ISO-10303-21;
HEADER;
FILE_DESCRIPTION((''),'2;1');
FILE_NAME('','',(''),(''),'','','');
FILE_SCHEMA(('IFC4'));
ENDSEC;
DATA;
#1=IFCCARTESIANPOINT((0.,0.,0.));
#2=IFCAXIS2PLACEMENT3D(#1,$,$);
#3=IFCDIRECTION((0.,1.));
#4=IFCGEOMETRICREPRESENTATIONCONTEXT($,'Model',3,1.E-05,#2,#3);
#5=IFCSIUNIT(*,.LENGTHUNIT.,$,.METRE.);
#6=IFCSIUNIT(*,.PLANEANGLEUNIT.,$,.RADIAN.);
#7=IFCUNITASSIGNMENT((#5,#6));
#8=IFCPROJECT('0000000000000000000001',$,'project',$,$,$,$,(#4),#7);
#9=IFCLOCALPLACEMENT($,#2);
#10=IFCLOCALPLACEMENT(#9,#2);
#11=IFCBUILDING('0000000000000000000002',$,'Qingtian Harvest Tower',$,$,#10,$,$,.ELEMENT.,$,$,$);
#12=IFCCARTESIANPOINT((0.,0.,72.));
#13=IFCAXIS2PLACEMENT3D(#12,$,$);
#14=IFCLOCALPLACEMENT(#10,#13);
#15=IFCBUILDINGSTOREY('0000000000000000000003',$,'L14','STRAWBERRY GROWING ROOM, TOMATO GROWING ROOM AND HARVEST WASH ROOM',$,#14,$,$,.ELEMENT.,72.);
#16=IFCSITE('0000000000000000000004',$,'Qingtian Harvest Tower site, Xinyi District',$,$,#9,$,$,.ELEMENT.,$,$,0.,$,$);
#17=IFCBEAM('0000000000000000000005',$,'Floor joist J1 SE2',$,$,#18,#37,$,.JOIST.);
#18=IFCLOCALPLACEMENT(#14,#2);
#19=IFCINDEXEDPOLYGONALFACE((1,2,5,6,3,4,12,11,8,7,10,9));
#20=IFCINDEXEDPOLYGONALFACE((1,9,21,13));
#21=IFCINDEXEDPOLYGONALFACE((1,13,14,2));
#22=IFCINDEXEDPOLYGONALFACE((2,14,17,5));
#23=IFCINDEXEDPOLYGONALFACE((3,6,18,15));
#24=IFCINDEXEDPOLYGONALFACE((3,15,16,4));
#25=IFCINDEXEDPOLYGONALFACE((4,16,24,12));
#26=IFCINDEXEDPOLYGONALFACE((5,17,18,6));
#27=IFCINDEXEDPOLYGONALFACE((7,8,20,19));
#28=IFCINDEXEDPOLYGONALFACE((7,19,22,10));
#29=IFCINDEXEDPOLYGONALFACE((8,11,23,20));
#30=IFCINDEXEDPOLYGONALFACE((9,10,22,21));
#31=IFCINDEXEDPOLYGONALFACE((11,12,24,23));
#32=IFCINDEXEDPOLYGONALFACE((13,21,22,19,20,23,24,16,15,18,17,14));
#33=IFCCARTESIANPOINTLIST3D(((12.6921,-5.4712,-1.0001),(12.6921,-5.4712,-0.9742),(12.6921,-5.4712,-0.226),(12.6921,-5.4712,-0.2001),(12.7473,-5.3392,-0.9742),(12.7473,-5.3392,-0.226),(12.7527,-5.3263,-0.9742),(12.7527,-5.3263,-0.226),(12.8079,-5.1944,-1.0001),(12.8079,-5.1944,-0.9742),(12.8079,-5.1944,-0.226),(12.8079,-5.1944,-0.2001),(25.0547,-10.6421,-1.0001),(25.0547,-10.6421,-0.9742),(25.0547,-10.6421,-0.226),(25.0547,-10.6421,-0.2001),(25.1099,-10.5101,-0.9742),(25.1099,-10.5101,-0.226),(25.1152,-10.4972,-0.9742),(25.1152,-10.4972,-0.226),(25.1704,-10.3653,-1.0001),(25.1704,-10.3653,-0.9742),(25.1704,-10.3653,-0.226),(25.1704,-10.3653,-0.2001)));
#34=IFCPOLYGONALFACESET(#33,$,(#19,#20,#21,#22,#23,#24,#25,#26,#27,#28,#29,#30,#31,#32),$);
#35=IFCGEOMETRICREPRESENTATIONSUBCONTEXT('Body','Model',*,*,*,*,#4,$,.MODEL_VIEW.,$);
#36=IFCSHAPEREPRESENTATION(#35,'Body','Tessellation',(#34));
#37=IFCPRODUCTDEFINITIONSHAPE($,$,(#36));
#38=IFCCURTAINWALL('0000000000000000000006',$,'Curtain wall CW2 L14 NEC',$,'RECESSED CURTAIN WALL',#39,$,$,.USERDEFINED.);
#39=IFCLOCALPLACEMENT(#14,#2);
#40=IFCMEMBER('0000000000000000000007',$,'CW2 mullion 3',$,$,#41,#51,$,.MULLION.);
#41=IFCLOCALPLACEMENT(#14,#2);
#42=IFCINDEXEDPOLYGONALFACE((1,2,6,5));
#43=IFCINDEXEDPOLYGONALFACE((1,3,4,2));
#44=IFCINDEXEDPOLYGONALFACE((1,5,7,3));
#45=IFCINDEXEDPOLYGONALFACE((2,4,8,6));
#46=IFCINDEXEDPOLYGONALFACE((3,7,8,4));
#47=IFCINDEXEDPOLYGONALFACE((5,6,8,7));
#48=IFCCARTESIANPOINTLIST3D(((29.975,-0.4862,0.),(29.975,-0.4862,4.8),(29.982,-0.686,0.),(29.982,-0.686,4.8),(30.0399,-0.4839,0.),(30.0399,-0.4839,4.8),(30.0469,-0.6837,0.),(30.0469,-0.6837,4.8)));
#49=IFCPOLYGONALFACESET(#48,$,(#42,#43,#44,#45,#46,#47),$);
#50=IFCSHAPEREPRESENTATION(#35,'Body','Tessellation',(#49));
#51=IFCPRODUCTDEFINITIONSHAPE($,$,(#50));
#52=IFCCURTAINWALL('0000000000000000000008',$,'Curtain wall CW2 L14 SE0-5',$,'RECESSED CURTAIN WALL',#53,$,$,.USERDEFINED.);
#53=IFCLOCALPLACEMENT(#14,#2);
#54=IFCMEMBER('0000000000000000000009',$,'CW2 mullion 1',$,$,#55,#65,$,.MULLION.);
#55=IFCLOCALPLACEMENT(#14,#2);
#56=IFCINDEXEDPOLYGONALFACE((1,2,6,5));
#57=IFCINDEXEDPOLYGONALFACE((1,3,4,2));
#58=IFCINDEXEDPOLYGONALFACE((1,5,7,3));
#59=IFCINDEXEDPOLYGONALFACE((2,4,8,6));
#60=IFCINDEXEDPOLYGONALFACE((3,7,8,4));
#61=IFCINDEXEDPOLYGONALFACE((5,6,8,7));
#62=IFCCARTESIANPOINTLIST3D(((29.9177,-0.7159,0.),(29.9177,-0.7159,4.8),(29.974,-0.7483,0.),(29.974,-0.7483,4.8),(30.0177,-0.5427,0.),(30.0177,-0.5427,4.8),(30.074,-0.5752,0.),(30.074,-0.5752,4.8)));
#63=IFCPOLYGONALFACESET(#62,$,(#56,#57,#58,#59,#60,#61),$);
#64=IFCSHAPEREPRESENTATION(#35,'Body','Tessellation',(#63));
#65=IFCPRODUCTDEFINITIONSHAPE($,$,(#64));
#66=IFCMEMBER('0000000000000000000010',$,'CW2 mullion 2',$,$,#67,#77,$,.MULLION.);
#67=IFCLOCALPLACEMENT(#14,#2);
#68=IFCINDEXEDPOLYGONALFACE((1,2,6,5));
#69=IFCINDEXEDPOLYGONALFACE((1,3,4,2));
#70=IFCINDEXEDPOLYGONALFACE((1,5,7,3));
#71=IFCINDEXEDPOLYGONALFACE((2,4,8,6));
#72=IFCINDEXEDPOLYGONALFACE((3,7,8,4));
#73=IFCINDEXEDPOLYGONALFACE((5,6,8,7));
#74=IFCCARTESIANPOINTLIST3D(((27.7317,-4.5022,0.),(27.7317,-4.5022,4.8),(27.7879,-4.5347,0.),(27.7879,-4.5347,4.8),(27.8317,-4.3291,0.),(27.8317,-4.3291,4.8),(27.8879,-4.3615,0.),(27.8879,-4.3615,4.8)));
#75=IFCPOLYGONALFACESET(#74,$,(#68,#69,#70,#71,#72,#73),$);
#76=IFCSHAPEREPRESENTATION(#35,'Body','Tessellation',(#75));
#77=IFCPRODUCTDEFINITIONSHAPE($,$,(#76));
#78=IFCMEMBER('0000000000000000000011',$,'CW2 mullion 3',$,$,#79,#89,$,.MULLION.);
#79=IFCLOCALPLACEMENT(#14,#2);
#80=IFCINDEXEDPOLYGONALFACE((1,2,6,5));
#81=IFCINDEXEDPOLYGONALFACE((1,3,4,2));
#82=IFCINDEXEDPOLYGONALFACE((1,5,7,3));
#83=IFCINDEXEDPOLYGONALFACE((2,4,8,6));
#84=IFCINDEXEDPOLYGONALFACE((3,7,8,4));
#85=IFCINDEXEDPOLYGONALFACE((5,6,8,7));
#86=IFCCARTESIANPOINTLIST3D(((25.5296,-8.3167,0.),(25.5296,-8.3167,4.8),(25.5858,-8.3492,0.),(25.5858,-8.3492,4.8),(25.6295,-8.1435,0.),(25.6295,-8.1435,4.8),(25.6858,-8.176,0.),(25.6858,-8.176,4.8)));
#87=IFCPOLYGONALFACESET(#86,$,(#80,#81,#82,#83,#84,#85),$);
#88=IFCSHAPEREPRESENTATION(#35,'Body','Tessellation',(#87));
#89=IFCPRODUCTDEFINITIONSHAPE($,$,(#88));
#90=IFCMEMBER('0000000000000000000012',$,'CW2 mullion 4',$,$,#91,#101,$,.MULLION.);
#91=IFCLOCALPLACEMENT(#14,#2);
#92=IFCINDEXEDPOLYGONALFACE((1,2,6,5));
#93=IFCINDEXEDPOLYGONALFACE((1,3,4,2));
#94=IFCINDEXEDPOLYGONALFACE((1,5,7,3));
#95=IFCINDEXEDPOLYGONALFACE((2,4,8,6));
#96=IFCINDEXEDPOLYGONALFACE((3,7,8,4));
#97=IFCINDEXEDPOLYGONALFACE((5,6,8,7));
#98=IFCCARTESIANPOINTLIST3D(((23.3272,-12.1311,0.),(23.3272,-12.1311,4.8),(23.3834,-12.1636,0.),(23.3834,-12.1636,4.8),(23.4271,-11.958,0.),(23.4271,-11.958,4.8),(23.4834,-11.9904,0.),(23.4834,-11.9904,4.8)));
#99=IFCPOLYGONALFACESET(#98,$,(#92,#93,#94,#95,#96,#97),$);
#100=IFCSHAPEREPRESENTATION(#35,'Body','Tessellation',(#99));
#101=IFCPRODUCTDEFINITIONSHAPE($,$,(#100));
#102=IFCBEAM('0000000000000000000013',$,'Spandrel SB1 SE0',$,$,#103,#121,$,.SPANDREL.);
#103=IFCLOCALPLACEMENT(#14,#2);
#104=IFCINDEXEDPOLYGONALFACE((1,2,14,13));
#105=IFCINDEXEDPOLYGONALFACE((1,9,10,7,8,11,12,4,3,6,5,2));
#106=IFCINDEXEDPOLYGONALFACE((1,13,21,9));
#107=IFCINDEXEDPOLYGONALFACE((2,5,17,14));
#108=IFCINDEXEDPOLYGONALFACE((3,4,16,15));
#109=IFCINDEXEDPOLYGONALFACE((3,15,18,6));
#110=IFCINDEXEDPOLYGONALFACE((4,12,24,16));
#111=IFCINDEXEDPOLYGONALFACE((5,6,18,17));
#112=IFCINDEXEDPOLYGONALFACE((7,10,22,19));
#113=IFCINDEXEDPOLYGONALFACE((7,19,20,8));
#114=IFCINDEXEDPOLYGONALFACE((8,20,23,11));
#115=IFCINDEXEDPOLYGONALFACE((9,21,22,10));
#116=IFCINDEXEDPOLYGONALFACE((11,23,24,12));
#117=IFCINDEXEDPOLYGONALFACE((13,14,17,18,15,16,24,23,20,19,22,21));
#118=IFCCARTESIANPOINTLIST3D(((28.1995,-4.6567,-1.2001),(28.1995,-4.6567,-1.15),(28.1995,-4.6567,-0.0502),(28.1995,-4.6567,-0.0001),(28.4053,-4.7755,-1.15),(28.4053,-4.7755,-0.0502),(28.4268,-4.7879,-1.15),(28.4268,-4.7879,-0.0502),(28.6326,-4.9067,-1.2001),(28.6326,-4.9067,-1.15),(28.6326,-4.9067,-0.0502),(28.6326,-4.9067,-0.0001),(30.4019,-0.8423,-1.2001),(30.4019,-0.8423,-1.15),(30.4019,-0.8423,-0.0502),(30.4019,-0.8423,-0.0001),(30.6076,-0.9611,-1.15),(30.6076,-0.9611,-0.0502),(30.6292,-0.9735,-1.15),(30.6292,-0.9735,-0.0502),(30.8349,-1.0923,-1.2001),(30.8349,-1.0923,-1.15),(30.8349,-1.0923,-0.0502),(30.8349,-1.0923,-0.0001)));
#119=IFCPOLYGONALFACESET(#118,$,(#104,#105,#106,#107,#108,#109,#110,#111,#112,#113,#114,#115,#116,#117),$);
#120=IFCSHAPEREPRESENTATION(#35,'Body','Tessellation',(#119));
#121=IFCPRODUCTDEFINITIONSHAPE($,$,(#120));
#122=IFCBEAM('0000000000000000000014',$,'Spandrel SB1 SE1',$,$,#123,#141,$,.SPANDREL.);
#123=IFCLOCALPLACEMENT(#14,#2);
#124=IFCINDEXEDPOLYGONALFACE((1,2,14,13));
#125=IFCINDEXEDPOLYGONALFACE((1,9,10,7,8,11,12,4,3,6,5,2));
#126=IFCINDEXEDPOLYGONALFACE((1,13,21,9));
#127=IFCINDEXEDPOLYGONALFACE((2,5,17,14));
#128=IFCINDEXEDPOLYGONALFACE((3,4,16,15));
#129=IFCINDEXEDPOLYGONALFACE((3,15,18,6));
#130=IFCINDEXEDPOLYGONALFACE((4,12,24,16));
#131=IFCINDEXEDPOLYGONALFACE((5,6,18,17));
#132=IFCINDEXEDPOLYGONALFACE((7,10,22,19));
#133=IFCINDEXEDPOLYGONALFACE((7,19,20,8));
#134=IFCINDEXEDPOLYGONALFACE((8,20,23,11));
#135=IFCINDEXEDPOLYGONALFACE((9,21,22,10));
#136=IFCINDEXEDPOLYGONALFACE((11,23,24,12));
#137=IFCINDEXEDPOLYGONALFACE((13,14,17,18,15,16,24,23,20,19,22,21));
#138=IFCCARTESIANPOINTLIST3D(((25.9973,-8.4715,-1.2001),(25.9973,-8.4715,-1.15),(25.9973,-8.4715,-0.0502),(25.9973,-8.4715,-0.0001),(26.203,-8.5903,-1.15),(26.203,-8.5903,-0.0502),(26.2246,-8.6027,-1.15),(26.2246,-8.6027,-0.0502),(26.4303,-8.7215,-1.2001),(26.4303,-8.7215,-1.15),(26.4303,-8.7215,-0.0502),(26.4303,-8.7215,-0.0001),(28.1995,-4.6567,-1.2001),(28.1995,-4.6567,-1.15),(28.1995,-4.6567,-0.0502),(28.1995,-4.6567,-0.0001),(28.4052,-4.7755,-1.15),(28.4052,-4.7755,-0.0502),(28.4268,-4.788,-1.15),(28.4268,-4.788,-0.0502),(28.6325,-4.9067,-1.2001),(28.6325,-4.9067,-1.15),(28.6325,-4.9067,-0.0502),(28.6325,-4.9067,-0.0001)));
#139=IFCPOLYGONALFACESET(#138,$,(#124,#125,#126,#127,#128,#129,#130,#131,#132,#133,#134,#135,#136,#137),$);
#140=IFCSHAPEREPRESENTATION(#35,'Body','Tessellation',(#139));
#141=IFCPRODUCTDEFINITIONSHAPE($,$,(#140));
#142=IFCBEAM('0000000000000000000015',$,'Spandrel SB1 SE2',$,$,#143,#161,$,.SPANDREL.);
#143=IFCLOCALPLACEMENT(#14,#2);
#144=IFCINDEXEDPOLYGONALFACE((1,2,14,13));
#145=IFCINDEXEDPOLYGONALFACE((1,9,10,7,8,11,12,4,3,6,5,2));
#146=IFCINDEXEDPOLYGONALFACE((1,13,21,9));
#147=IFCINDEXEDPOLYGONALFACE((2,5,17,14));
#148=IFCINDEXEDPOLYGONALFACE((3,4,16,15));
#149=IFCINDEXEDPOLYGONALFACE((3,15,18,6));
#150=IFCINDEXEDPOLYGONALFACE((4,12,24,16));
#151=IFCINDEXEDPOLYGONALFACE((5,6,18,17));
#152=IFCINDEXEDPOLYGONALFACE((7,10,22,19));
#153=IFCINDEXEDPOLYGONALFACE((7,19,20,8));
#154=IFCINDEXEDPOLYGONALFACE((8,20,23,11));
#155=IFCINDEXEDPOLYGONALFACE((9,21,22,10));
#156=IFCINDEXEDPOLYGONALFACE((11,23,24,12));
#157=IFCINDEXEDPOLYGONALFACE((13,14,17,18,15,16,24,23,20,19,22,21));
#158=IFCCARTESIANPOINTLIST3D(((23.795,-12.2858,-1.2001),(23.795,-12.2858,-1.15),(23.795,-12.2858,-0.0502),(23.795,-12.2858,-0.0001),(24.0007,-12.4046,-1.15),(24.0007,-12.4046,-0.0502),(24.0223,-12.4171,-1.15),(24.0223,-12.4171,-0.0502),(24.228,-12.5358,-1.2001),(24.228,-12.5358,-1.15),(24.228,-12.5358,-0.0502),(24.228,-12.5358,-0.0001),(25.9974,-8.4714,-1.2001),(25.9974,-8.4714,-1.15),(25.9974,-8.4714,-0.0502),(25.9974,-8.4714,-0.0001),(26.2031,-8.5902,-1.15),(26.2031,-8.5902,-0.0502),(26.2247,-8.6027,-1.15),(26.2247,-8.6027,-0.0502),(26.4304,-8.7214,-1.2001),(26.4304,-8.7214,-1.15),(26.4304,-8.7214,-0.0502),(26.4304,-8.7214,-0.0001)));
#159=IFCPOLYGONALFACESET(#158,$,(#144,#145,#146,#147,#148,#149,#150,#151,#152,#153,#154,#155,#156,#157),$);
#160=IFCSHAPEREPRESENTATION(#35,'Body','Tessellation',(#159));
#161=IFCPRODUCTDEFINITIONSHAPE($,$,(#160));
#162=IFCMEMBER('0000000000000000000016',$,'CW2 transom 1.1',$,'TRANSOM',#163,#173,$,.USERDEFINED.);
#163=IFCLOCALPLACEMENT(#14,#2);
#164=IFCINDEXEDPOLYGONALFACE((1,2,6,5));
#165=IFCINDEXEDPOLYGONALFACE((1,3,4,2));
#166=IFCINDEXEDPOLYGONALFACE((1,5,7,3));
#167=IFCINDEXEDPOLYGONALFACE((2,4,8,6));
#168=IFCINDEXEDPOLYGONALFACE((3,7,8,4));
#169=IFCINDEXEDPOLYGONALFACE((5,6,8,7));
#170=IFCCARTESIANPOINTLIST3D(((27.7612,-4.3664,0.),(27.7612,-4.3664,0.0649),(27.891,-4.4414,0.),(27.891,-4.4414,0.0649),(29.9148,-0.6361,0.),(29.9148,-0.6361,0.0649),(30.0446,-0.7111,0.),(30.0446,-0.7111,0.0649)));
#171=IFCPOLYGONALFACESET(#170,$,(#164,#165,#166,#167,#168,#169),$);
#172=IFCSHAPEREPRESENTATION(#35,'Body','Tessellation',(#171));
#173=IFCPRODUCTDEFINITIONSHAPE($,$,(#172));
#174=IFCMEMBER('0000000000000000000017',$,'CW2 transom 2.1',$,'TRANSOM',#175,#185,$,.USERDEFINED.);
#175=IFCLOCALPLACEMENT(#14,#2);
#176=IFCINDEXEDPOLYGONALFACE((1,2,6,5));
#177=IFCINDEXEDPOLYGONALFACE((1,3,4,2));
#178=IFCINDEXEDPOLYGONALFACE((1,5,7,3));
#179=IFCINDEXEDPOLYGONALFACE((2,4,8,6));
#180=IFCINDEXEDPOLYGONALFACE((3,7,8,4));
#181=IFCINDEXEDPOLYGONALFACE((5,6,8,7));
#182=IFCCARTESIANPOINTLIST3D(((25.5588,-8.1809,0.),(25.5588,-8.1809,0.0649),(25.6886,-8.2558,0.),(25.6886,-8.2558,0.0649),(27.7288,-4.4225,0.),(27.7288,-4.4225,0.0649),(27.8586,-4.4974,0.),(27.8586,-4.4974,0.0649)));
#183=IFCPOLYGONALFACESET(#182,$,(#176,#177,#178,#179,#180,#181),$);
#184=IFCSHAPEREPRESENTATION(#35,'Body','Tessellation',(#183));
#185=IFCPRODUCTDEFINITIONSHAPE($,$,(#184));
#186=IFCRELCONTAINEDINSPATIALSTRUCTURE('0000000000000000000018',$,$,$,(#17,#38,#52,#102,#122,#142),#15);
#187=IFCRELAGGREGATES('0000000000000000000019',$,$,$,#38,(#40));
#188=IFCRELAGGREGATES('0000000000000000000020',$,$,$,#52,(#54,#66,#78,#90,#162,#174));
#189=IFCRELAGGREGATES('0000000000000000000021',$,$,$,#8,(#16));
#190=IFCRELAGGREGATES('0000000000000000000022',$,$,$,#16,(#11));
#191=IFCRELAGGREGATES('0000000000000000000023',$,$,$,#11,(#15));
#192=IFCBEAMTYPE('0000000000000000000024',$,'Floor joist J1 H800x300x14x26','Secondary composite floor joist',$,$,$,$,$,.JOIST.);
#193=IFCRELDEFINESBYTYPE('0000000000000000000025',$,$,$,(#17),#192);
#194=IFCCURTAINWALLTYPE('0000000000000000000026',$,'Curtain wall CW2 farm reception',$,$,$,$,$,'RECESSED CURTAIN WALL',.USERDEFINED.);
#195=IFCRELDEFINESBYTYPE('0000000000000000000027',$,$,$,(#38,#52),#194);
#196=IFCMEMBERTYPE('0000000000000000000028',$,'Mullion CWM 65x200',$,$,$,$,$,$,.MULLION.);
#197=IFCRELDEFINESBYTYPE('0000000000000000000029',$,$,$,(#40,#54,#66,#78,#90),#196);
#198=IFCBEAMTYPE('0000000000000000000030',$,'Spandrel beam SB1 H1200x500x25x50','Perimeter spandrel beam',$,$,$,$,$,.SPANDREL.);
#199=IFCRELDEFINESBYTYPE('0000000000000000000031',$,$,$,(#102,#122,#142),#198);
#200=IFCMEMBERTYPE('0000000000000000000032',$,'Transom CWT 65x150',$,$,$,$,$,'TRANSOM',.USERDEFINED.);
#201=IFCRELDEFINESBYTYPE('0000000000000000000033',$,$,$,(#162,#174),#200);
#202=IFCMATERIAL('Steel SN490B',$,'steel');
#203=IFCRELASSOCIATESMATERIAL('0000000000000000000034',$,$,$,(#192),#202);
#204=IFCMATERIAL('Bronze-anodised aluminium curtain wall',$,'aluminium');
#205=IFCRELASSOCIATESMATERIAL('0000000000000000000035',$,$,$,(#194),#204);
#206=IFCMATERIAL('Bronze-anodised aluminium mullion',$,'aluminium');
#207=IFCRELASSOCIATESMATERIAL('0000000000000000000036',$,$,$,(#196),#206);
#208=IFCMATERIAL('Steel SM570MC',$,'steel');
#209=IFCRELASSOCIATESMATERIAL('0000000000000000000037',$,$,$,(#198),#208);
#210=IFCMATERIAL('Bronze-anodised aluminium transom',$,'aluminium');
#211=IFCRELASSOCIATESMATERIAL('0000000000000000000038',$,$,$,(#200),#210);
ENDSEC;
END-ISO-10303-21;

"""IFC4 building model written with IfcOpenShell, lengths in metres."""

from ifc_helpers import new_model, si_unit, direction, frame, origin, origin_2d, place, context, subcontext, project, spatial, rectangle, i_section, extrude, material, material_profile, profile_set, type_object, element, aggregate, save


model = new_model("IFC4")

# Units and contexts
model_context = context("Model", 3, precision=1e-05, world=origin(), true_north=direction((0.0, 1.0)))
body_context = subcontext(model_context, "Body", "Model", "MODEL_VIEW")
ifc_project = project(units=[si_unit("LENGTHUNIT", "METRE"), si_unit("PLANEANGLEUNIT", "RADIAN")], contexts=[model_context])

# Site, building, storey
site_placement = place(None, origin())
site = spatial("IfcSite", under=ifc_project, at=site_placement, Name="Qingtian Harvest Tower site, Xinyi District", CompositionType="ELEMENT", RefElevation=0.0)
building_placement = place(site_placement, origin())
building = spatial("IfcBuilding", under=site, at=building_placement, Name="Qingtian Harvest Tower", CompositionType="ELEMENT")
storey_placement = place(building_placement, frame((0.0, 0.0, 72.0)))
storey = spatial("IfcBuildingStorey", under=building, at=storey_placement, Name="L14", Description="STRAWBERRY GROWING ROOM, TOMATO GROWING ROOM AND HARVEST WASH ROOM", CompositionType="ELEMENT", Elevation=72.0)

# Beam
ifc_material_1 = material(Name="Steel SN490B", Category="steel")
ifc_material_profile_1 = material_profile(ifc_material_1, i_section(OverallWidth=0.3, OverallDepth=0.8, WebThickness=0.0139, FlangeThickness=0.0259, at=origin_2d()), Name="H800x300x14x26")
ifc_profile_set_1 = profile_set([ifc_material_profile_1], Name="Steel SN490B")
beam_type_1 = type_object("IfcBeamType", Name="Floor joist J1 H800x300x14x26", Description="Secondary composite floor joist", PredefinedType="JOIST", material=ifc_profile_set_1)
beam_1_placement = place(storey_placement, frame((25.1125, -10.5037, -0.6001), z_axis=(-0.922551, 0.385876, 0.0), x_axis=(-0.385876, -0.922551, 0.0)))
element("IfcBeam", 1, at=beam_1_placement, inside=storey, type_object=beam_type_1, Name="Floor joist J1 SE2", PredefinedType="JOIST", context=body_context, shape_type="SweptSolid", body=[
    extrude(i_section(OverallWidth=0.3, OverallDepth=0.8, WebThickness=0.0139, FlangeThickness=0.0259, at=origin_2d()), origin(), (0.0, 0.0, 1.0), 13.4004),
])

# Curtain wall, member
ifc_material_2 = material(Name="Bronze-anodised aluminium curtain wall", Category="aluminium")
curtain_wall_type = type_object("IfcCurtainWallType", Name="Curtain wall CW2 farm reception", ElementType="RECESSED CURTAIN WALL", PredefinedType="USERDEFINED", material=ifc_material_2)
curtain_wall_1_placement = place(storey_placement, origin())
curtain_wall_1 = element("IfcCurtainWall", 2, at=curtain_wall_1_placement, inside=storey, type_object=curtain_wall_type, Name="Curtain wall CW2 L14 NEC", ObjectType="RECESSED CURTAIN WALL", PredefinedType="USERDEFINED")
ifc_material_3 = material(Name="Bronze-anodised aluminium mullion", Category="aluminium")
ifc_material_profile_2 = material_profile(ifc_material_3, rectangle(XDim=0.0649, YDim=0.2, at=origin_2d()), Name="AL 65x200")
ifc_profile_set_2 = profile_set([ifc_material_profile_2], Name="Bronze-anodised aluminium mullion")
member_type_1 = type_object("IfcMemberType", Name="Mullion CWM 65x200", PredefinedType="MULLION", material=ifc_profile_set_2)
member_1_placement = place(storey_placement, frame((30.011, -0.585, 0.0), z_axis=(0.0, 0.0, 1.0), x_axis=(0.999391, 0.034899, 0.0)))
member_1 = element("IfcMember", 3, at=member_1_placement, type_object=member_type_1, Name="CW2 mullion 3", PredefinedType="MULLION", context=body_context, shape_type="SweptSolid", body=[
    extrude(rectangle(XDim=0.0649, YDim=0.2, at=origin_2d()), origin(), (0.0, 0.0, 1.0), 4.8),
])
aggregate(curtain_wall_1, [member_1])

# Curtain wall, members
curtain_wall_2_placement = place(storey_placement, origin())
curtain_wall_2 = element("IfcCurtainWall", 4, at=curtain_wall_2_placement, inside=storey, type_object=curtain_wall_type, Name="Curtain wall CW2 L14 SE0-5", ObjectType="RECESSED CURTAIN WALL", PredefinedType="USERDEFINED")
member_2_placement = place(storey_placement, frame((29.9958, -0.6455, 0.0), z_axis=(0.0, 0.0, 1.0), x_axis=(0.866025, -0.5, 0.0)))
member_2 = element("IfcMember", 5, at=member_2_placement, type_object=member_type_1, Name="CW2 mullion 1", PredefinedType="MULLION", context=body_context, shape_type="SweptSolid", body=[
    extrude(rectangle(XDim=0.0649, YDim=0.2, at=origin_2d()), origin(), (0.0, 0.0, 1.0), 4.8),
])
member_3_placement = place(storey_placement, frame((27.8098, -4.4319, 0.0), z_axis=(0.0, 0.0, 1.0), x_axis=(0.866025, -0.5, 0.0)))
member_3 = element("IfcMember", 6, at=member_3_placement, type_object=member_type_1, Name="CW2 mullion 2", PredefinedType="MULLION", context=body_context, shape_type="SweptSolid", body=[
    extrude(rectangle(XDim=0.0649, YDim=0.2, at=origin_2d()), origin(), (0.0, 0.0, 1.0), 4.8),
])
member_4_placement = place(storey_placement, frame((25.6077, -8.2463, 0.0), z_axis=(0.0, 0.0, 1.0), x_axis=(0.866025, -0.5, 0.0)))
member_4 = element("IfcMember", 7, at=member_4_placement, type_object=member_type_1, Name="CW2 mullion 3", PredefinedType="MULLION", context=body_context, shape_type="SweptSolid", body=[
    extrude(rectangle(XDim=0.0649, YDim=0.2, at=origin_2d()), origin(), (0.0, 0.0, 1.0), 4.8),
])
member_5_placement = place(storey_placement, frame((23.4053, -12.0608, 0.0), z_axis=(0.0, 0.0, 1.0), x_axis=(0.866025, -0.5, 0.0)))
member_5 = element("IfcMember", 8, at=member_5_placement, type_object=member_type_1, Name="CW2 mullion 4", PredefinedType="MULLION", context=body_context, shape_type="SweptSolid", body=[
    extrude(rectangle(XDim=0.0649, YDim=0.2, at=origin_2d()), origin(), (0.0, 0.0, 1.0), 4.8),
])

# Beams
ifc_material_4 = material(Name="Steel SM570MC", Category="steel")
ifc_material_profile_3 = material_profile(ifc_material_4, i_section(OverallWidth=0.5, OverallDepth=1.2, WebThickness=0.0249, FlangeThickness=0.05, at=origin_2d()), Name="H1200x500x25x50")
ifc_profile_set_3 = profile_set([ifc_material_profile_3], Name="Steel SM570MC")
beam_type_2 = type_object("IfcBeamType", Name="Spandrel beam SB1 H1200x500x25x50", Description="Perimeter spandrel beam", PredefinedType="SPANDREL", material=ifc_profile_set_3)
beam_2_placement = place(storey_placement, frame((30.6184, -0.9673, -0.6001), z_axis=(-0.50002, -0.866014, 0.0), x_axis=(0.866014, -0.50002, 0.0)))
element("IfcBeam", 9, at=beam_2_placement, inside=storey, type_object=beam_type_2, Name="Spandrel SB1 SE0", PredefinedType="SPANDREL", context=body_context, shape_type="SweptSolid", body=[
    extrude(i_section(OverallWidth=0.5, OverallDepth=1.2, WebThickness=0.0249, FlangeThickness=0.05, at=origin_2d()), origin(), (0.0, 0.0, 1.0), 4.4045),
])
beam_3_placement = place(storey_placement, frame((28.416, -4.7817, -0.6001), z_axis=(-0.499954, -0.866052, 0.0), x_axis=(0.866052, -0.499954, 0.0)))
element("IfcBeam", 10, at=beam_3_placement, inside=storey, type_object=beam_type_2, Name="Spandrel SB1 SE1", PredefinedType="SPANDREL", context=body_context, shape_type="SweptSolid", body=[
    extrude(i_section(OverallWidth=0.5, OverallDepth=1.2, WebThickness=0.0249, FlangeThickness=0.05, at=origin_2d()), origin(), (0.0, 0.0, 1.0), 4.4048),
])
beam_4_placement = place(storey_placement, frame((26.2139, -8.5964, -0.6001), z_axis=(-0.50002, -0.866014, 0.0), x_axis=(0.866014, -0.50002, 0.0)))
element("IfcBeam", 11, at=beam_4_placement, inside=storey, type_object=beam_type_2, Name="Spandrel SB1 SE2", PredefinedType="SPANDREL", context=body_context, shape_type="SweptSolid", body=[
    extrude(i_section(OverallWidth=0.5, OverallDepth=1.2, WebThickness=0.0249, FlangeThickness=0.05, at=origin_2d()), origin(), (0.0, 0.0, 1.0), 4.4045),
])

# Members
ifc_material_5 = material(Name="Bronze-anodised aluminium transom", Category="aluminium")
ifc_material_profile_4 = material_profile(ifc_material_5, rectangle(XDim=0.1499, YDim=0.0649, at=origin_2d()), Name="AL 65x150")
ifc_profile_set_4 = profile_set([ifc_material_profile_4], Name="Bronze-anodised aluminium transom")
member_type_2 = type_object("IfcMemberType", Name="Transom CWT 65x150", ElementType="TRANSOM", PredefinedType="USERDEFINED", material=ifc_profile_set_4)
member_6_placement = place(storey_placement, frame((29.9797, -0.6736, 0.0325), z_axis=(-0.499986, -0.866034, 0.0), x_axis=(0.866034, -0.499986, 0.0)))
member_6 = element("IfcMember", 12, at=member_6_placement, type_object=member_type_2, Name="CW2 transom 1.1", ObjectType="TRANSOM", PredefinedType="USERDEFINED", context=body_context, shape_type="SweptSolid", body=[
    extrude(rectangle(XDim=0.1499, YDim=0.0649, at=origin_2d()), origin(), (0.0, 0.0, 1.0), 4.3074),
])
member_7_placement = place(storey_placement, frame((27.7937, -4.46, 0.0325), z_axis=(-0.500011, -0.866019, 0.0), x_axis=(0.866019, -0.500011, 0.0)))
member_7 = element("IfcMember", 13, at=member_7_placement, type_object=member_type_2, Name="CW2 transom 2.1", ObjectType="TRANSOM", PredefinedType="USERDEFINED", context=body_context, shape_type="SweptSolid", body=[
    extrude(rectangle(XDim=0.1499, YDim=0.0649, at=origin_2d()), origin(), (0.0, 0.0, 1.0), 4.3398),
])

aggregate(curtain_wall_2, [member_2, member_3, member_4, member_5, member_6, member_7])

save(model, "model.ifc")
